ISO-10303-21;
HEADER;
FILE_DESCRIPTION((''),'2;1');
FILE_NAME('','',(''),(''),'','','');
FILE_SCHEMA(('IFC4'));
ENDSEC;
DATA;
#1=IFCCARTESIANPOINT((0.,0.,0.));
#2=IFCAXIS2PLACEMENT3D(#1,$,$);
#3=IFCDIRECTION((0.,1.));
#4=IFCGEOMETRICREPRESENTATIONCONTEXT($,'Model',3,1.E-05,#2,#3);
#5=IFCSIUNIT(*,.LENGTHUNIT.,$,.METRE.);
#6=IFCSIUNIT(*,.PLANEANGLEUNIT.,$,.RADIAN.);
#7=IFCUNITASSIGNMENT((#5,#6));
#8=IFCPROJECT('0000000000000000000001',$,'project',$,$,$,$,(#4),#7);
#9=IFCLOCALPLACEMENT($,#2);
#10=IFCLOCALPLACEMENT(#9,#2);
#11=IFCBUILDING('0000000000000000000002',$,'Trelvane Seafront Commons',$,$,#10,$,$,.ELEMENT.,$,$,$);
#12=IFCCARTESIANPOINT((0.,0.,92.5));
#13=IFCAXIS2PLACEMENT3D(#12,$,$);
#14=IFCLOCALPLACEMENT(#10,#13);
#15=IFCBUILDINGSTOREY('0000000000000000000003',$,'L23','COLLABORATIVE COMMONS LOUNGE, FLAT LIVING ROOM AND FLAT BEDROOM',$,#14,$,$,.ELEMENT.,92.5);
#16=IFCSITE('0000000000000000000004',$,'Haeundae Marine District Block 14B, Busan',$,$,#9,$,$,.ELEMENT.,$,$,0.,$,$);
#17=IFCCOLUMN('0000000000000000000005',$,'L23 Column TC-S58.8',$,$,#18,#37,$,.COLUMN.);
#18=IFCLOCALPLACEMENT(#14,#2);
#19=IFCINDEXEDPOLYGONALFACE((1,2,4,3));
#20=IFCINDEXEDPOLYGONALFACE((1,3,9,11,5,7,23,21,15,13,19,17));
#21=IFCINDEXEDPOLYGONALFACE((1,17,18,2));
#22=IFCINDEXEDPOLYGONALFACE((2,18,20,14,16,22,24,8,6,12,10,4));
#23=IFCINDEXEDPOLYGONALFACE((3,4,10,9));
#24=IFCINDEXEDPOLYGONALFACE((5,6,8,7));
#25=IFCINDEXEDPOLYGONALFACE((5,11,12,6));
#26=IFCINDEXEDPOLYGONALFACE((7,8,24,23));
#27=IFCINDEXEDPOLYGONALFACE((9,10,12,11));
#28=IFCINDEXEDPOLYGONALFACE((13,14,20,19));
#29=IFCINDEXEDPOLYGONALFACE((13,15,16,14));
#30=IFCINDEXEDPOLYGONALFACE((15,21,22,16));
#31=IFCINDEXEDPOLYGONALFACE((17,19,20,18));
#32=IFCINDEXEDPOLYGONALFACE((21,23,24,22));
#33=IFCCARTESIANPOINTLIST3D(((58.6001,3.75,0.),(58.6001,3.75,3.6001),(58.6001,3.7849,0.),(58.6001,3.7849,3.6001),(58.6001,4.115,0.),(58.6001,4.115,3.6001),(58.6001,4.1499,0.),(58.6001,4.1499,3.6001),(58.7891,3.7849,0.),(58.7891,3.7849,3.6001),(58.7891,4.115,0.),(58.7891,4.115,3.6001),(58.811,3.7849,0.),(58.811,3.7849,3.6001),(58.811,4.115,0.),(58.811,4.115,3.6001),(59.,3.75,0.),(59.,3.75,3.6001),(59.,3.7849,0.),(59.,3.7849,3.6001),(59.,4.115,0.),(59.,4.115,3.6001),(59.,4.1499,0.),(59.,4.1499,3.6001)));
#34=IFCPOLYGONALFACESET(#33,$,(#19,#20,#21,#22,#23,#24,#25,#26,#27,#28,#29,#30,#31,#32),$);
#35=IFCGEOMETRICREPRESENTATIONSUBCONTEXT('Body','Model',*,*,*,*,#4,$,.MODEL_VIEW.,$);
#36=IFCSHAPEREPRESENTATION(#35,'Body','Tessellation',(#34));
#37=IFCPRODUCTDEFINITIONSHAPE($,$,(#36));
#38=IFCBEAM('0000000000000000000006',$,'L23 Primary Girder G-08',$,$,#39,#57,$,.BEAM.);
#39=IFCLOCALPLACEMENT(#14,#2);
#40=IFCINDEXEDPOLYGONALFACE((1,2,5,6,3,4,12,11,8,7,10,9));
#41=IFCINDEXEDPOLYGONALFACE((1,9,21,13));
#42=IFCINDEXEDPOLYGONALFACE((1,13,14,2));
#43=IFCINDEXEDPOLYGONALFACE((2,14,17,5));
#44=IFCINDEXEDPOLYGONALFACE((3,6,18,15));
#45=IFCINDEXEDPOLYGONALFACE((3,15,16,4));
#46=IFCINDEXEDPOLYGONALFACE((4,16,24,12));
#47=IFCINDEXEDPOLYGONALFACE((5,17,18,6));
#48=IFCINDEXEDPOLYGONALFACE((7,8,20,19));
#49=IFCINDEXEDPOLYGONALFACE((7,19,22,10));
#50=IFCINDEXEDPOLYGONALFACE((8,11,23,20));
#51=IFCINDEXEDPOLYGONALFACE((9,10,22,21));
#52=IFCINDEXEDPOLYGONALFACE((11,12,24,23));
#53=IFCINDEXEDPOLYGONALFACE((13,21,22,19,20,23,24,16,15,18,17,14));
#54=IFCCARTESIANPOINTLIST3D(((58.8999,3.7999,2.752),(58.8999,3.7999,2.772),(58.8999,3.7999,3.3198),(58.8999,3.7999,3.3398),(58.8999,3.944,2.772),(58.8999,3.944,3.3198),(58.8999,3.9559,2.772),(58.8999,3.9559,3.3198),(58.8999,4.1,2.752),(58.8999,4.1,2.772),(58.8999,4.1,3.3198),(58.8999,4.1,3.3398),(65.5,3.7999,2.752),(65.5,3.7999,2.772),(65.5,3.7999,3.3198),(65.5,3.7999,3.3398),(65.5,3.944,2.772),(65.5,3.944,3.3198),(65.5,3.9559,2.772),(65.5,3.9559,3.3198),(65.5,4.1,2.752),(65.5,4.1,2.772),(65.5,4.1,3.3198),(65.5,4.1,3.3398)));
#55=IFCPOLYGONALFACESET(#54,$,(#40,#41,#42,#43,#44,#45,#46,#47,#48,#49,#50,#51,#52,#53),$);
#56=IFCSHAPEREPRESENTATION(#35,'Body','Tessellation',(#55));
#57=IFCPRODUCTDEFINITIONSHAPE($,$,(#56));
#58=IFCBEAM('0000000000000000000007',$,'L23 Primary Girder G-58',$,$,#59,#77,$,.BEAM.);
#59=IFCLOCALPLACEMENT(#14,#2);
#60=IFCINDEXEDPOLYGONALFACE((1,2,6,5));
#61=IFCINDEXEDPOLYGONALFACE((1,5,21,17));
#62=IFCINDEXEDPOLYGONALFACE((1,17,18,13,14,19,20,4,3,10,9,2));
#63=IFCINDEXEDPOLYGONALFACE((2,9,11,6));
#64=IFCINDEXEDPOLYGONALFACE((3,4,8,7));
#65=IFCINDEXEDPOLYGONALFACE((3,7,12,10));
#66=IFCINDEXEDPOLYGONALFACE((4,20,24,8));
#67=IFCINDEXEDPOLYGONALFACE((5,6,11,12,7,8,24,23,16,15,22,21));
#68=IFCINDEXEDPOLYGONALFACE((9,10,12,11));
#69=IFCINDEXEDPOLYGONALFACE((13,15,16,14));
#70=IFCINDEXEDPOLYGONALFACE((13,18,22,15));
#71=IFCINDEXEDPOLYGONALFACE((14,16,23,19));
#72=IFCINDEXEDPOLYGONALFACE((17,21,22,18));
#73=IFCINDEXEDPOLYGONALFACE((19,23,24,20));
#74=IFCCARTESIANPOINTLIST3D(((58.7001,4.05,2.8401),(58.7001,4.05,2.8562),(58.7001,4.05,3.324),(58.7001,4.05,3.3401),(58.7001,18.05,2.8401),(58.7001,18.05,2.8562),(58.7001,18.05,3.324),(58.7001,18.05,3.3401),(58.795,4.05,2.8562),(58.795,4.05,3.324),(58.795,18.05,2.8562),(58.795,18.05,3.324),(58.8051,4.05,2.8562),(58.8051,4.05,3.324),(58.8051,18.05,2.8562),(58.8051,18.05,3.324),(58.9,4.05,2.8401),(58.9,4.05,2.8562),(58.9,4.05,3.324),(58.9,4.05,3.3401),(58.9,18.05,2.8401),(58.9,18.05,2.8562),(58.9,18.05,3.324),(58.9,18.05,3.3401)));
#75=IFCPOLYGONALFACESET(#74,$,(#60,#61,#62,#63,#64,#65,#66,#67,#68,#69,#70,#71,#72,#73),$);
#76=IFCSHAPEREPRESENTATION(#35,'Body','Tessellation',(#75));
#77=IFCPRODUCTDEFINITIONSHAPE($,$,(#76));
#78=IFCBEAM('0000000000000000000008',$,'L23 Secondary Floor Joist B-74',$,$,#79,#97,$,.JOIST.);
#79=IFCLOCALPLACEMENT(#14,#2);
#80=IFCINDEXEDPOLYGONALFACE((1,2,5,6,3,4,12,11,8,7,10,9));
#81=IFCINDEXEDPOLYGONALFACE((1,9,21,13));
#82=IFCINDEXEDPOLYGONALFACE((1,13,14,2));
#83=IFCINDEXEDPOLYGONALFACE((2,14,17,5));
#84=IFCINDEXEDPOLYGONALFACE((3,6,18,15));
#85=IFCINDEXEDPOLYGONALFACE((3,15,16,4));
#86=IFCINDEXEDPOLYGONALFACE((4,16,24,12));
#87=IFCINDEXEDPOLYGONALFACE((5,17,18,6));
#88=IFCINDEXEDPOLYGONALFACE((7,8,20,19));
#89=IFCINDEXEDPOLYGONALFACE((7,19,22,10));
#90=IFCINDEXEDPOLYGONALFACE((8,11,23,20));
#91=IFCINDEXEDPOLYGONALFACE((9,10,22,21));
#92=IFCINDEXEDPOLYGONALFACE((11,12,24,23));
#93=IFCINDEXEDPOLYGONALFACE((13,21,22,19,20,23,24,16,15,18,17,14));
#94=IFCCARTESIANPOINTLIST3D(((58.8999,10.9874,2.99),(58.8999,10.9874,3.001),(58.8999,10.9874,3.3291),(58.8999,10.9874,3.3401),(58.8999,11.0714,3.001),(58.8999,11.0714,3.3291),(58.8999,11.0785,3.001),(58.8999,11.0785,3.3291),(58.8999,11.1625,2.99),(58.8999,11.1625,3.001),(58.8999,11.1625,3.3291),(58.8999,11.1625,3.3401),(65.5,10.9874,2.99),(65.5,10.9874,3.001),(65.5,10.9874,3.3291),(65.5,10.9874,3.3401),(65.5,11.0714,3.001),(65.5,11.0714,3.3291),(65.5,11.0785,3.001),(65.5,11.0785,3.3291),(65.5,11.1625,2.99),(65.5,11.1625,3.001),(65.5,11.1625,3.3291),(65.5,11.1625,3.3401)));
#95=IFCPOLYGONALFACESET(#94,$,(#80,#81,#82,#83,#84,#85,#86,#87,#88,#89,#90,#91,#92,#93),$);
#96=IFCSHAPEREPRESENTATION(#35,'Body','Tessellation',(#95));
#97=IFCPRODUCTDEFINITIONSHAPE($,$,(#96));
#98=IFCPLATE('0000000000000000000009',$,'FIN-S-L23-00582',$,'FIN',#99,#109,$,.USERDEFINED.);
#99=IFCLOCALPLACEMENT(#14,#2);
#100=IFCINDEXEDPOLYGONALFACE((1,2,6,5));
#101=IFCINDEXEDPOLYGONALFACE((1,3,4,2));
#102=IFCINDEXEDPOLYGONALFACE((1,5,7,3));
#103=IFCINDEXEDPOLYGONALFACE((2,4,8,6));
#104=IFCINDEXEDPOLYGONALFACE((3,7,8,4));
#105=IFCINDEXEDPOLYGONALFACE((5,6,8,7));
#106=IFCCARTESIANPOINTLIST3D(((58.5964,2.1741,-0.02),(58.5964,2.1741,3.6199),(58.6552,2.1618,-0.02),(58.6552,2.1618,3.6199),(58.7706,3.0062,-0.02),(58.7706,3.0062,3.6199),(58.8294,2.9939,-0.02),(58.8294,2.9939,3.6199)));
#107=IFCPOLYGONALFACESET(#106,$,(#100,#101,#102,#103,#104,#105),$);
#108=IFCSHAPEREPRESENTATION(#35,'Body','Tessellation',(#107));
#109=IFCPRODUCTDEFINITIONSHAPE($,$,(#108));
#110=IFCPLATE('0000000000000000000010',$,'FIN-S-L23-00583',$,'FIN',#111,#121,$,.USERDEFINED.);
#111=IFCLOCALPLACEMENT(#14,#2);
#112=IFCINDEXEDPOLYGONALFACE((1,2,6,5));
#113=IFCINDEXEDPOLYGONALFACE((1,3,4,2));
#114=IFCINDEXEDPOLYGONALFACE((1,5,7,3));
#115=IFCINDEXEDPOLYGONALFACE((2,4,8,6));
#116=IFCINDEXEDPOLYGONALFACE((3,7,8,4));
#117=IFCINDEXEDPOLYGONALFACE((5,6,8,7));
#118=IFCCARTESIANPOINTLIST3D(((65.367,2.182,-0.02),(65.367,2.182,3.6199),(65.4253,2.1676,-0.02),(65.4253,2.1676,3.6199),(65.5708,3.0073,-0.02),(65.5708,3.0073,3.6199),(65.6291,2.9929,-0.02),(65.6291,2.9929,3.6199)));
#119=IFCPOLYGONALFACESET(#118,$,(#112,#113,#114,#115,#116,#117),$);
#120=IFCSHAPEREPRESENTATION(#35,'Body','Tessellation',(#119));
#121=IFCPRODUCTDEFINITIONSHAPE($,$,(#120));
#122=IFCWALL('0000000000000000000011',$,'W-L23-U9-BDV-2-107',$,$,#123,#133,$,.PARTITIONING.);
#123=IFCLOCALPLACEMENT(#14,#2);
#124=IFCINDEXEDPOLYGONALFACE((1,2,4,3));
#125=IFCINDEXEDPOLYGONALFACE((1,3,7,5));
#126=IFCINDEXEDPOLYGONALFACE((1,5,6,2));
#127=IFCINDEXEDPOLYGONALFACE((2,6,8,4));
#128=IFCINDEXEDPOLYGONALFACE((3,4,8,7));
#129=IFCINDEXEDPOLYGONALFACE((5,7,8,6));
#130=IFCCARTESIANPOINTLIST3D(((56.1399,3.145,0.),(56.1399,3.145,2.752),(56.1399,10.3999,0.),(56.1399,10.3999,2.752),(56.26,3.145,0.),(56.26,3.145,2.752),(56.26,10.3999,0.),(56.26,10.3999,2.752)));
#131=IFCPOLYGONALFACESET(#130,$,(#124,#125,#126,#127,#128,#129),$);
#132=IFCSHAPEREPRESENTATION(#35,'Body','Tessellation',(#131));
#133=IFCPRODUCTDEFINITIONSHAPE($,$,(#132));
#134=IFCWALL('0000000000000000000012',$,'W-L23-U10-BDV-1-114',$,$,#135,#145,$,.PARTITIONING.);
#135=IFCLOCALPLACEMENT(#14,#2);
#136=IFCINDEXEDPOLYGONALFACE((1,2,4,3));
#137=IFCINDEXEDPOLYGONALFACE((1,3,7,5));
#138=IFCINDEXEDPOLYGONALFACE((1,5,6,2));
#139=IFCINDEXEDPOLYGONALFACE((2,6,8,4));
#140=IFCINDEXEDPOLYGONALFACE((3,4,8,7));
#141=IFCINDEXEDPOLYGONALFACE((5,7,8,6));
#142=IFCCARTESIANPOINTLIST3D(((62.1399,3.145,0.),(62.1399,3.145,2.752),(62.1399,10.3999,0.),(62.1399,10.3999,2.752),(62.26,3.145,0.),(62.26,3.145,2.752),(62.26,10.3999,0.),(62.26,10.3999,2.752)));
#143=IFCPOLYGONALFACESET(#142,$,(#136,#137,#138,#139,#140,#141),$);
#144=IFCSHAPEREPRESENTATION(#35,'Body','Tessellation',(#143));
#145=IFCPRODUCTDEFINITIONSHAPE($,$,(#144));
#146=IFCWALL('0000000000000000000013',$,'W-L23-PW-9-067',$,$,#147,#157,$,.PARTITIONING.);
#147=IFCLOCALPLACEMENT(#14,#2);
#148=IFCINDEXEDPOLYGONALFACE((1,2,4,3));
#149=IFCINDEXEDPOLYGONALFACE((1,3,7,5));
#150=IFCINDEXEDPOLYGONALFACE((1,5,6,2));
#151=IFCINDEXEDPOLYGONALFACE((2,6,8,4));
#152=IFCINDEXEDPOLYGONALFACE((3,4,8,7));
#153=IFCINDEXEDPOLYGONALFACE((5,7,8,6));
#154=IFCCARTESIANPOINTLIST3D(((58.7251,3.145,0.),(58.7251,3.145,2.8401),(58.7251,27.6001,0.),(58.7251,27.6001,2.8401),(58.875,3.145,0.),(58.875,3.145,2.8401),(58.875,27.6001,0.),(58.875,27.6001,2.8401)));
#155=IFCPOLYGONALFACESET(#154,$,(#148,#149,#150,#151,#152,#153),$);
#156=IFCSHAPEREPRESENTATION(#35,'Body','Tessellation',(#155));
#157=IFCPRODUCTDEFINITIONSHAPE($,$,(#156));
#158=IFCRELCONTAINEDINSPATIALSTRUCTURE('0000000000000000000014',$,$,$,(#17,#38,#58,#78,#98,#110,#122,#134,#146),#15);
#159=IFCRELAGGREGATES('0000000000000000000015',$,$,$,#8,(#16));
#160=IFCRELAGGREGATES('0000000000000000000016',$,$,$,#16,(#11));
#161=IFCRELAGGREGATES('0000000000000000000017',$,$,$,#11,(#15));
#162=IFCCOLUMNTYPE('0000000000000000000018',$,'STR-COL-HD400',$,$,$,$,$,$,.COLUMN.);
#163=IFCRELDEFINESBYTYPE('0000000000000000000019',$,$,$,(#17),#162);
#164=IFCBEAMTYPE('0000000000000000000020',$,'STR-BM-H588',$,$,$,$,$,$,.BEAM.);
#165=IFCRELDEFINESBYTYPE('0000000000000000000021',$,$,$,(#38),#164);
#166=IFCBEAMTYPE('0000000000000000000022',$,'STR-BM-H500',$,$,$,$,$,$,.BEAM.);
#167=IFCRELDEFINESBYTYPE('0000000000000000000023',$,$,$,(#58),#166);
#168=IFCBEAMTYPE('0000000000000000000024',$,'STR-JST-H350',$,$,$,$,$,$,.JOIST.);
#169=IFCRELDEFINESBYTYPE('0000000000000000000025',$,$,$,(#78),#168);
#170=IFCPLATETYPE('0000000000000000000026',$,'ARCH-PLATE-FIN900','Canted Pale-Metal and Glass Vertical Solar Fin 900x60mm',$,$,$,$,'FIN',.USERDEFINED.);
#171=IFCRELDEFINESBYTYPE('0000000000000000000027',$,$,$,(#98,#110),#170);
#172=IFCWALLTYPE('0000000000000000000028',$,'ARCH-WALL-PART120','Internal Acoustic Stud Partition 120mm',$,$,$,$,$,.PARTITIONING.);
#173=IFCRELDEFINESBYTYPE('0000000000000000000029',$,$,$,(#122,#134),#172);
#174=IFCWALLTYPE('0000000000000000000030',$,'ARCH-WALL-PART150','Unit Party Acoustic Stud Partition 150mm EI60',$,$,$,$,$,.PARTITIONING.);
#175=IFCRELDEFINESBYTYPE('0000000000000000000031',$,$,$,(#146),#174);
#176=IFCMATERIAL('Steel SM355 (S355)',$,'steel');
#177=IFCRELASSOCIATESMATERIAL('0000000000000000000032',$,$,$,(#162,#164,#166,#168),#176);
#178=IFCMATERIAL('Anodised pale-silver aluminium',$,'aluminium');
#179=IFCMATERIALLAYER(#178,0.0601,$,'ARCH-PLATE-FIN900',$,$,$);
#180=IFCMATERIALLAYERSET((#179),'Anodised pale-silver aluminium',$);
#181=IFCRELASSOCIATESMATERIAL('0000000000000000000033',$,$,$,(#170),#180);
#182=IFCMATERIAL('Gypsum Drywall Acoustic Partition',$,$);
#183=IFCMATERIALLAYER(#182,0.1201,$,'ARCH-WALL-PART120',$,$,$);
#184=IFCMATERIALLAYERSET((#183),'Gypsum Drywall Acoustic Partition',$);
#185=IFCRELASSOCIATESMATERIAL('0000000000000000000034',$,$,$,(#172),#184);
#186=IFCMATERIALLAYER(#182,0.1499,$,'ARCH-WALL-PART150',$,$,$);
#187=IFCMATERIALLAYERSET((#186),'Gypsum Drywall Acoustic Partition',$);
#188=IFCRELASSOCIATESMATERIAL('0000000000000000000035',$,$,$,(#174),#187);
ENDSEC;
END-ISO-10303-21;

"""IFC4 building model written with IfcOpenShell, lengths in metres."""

from ifc_helpers import new_model, si_unit, direction, frame, frame_2d, origin, origin_2d, place, context, subcontext, project, spatial, rectangle, i_section, extrude, source, transform, mapped, material, layer, layer_set, material_profile, profile_set, type_object, element, save


model = new_model("IFC4")

# Units and contexts
model_context = context("Model", 3, precision=1e-05, world=origin(), true_north=direction((0.0, 1.0)))
body_context = subcontext(model_context, "Body", "Model", "MODEL_VIEW")
ifc_project = project(units=[si_unit("LENGTHUNIT", "METRE"), si_unit("PLANEANGLEUNIT", "RADIAN")], contexts=[model_context])

# Site, building, storey
site_placement = place(None, origin())
site = spatial("IfcSite", under=ifc_project, at=site_placement, Name="Haeundae Marine District Block 14B, Busan", CompositionType="ELEMENT", RefElevation=0.0)
building_placement = place(site_placement, origin())
building = spatial("IfcBuilding", under=site, at=building_placement, Name="Trelvane Seafront Commons", CompositionType="ELEMENT")
storey_placement = place(building_placement, frame((0.0, 0.0, 92.5)))
storey = spatial("IfcBuildingStorey", under=building, at=storey_placement, Name="L23", Description="COLLABORATIVE COMMONS LOUNGE, FLAT LIVING ROOM AND FLAT BEDROOM", CompositionType="ELEMENT", Elevation=92.5)

# Column
ifc_material_1 = material(Name="Steel SM355 (S355)", Category="steel")
ifc_material_profile_1 = material_profile(ifc_material_1, i_section(OverallWidth=0.3999, OverallDepth=0.3999, WebThickness=0.022, FlangeThickness=0.0349, at=origin_2d()), Name="HD-400x400x22x35")
ifc_profile_set_1 = profile_set([ifc_material_profile_1], Name="Steel SM355 (S355)")
column_type = type_object("IfcColumnType", Name="STR-COL-HD400", PredefinedType="COLUMN", material=ifc_profile_set_1)
shared_shape_1 = source(origin(), body_context, "Body", "SweptSolid", [
    extrude(i_section(OverallWidth=0.3999, OverallDepth=0.3999, WebThickness=0.022, FlangeThickness=0.0349, at=origin_2d()), origin(), (0.0, 0.0, 1.0), 3.6001),
])
column_placement = place(storey_placement, frame((58.8, 3.95, 0.0), z_axis=(0.0, 0.0, 1.0), x_axis=(1.0, 0.0, 0.0)))
element("IfcColumn", 1, at=column_placement, inside=storey, type_object=column_type, Name="L23 Column TC-S58.8", PredefinedType="COLUMN", context=body_context, shape_type="MappedRepresentation", body=[
    mapped(shared_shape_1, transform((0.0, 0.0, 0.0), x_axis=(1.0, 0.0, 0.0), y_axis=(0.0, 1.0, 0.0), z_axis=(0.0, 0.0, 1.0), scale=1.0)),
])

# Beams
ifc_material_profile_2 = material_profile(ifc_material_1, i_section(OverallWidth=0.3, OverallDepth=0.5879, WebThickness=0.012, FlangeThickness=0.02, at=origin_2d()), Name="H-588x300x12x20")
ifc_profile_set_2 = profile_set([ifc_material_profile_2], Name="Steel SM355 (S355)")
beam_type_1 = type_object("IfcBeamType", Name="STR-BM-H588", PredefinedType="BEAM", material=ifc_profile_set_2)
shared_shape_2 = source(origin(), body_context, "Body", "SweptSolid", [
    extrude(i_section(OverallWidth=0.3, OverallDepth=0.5879, WebThickness=0.012, FlangeThickness=0.02, at=origin_2d()), origin(), (0.0, 0.0, 1.0), 6.6001),
])
beam_1_placement = place(storey_placement, frame((58.8999, 3.95, 3.0459), z_axis=(1.0, 0.0, 0.0), x_axis=(0.0, 1.0, 0.0)))
element("IfcBeam", 2, at=beam_1_placement, inside=storey, type_object=beam_type_1, Name="L23 Primary Girder G-08", PredefinedType="BEAM", context=body_context, shape_type="MappedRepresentation", body=[
    mapped(shared_shape_2, transform((0.0, 0.0, 0.0), x_axis=(1.0, 0.0, 0.0), y_axis=(0.0, 1.0, 0.0), z_axis=(0.0, 0.0, 1.0), scale=1.0)),
])
ifc_material_profile_3 = material_profile(ifc_material_1, i_section(OverallWidth=0.2, OverallDepth=0.5, WebThickness=0.01, FlangeThickness=0.0161, at=origin_2d()), Name="H-500x200x10x16")
ifc_profile_set_3 = profile_set([ifc_material_profile_3], Name="Steel SM355 (S355)")
beam_type_2 = type_object("IfcBeamType", Name="STR-BM-H500", PredefinedType="BEAM", material=ifc_profile_set_3)
shared_shape_3 = source(origin(), body_context, "Body", "SweptSolid", [
    extrude(i_section(OverallWidth=0.2, OverallDepth=0.5, WebThickness=0.01, FlangeThickness=0.0161, at=origin_2d()), origin(), (0.0, 0.0, 1.0), 14.0),
])
beam_2_placement = place(storey_placement, frame((58.8, 4.05, 3.0901), z_axis=(0.0, 1.0, 0.0), x_axis=(-1.0, 0.0, 0.0)))
element("IfcBeam", 3, at=beam_2_placement, inside=storey, type_object=beam_type_2, Name="L23 Primary Girder G-58", PredefinedType="BEAM", context=body_context, shape_type="MappedRepresentation", body=[
    mapped(shared_shape_3, transform((0.0, 0.0, 0.0), x_axis=(1.0, 0.0, 0.0), y_axis=(0.0, 1.0, 0.0), z_axis=(0.0, 0.0, 1.0), scale=1.0)),
])
ifc_material_profile_4 = material_profile(ifc_material_1, i_section(OverallWidth=0.175, OverallDepth=0.3501, WebThickness=0.0071, FlangeThickness=0.011, at=origin_2d()), Name="H-350x175x7x11")
ifc_profile_set_4 = profile_set([ifc_material_profile_4], Name="Steel SM355 (S355)")
beam_type_3 = type_object("IfcBeamType", Name="STR-JST-H350", PredefinedType="JOIST", material=ifc_profile_set_4)
shared_shape_4 = source(origin(), body_context, "Body", "SweptSolid", [
    extrude(i_section(OverallWidth=0.175, OverallDepth=0.3501, WebThickness=0.0071, FlangeThickness=0.011, at=origin_2d()), origin(), (0.0, 0.0, 1.0), 6.6001),
])
beam_3_placement = place(storey_placement, frame((58.8999, 11.075, 3.165), z_axis=(1.0, 0.0, 0.0), x_axis=(0.0, 1.0, 0.0)))
element("IfcBeam", 4, at=beam_3_placement, inside=storey, type_object=beam_type_3, Name="L23 Secondary Floor Joist B-74", PredefinedType="JOIST", context=body_context, shape_type="MappedRepresentation", body=[
    mapped(shared_shape_4, transform((0.0, 0.0, 0.0), x_axis=(1.0, 0.0, 0.0), y_axis=(0.0, 1.0, 0.0), z_axis=(0.0, 0.0, 1.0), scale=1.0)),
])

# Plates
ifc_material_2 = material(Name="Anodised pale-silver aluminium", Category="aluminium")
ifc_layer_1 = layer(ifc_material_2, 0.0601, Name="ARCH-PLATE-FIN900")
ifc_layer_set_1 = layer_set([ifc_layer_1], Name="Anodised pale-silver aluminium")
plate_type = type_object("IfcPlateType", Name="ARCH-PLATE-FIN900", Description="Canted Pale-Metal and Glass Vertical Solar Fin 900x60mm", ElementType="FIN", PredefinedType="USERDEFINED", material=ifc_layer_set_1)
shared_shape_5 = source(origin(), body_context, "Body", "SweptSolid", [
    extrude(rectangle(XDim=0.8501, YDim=0.0601, at=origin_2d()), origin(), (0.0, 0.0, 1.0), 3.6399),
])
for number, where, z_axis, x_axis, name in (
    (5, (58.7129, 2.584, -0.02), (0.0, 0.0, 1.0), (-0.204932, -0.978776, 0.0), "FIN-S-L23-00582"),
    (6, (65.498, 2.5874, -0.02), (0.0, 0.0, 1.0), (-0.239767, -0.97083, 0.0), "FIN-S-L23-00583"),
):
    element("IfcPlate", number, at=place(storey_placement, frame(where, z_axis=z_axis, x_axis=x_axis)), inside=storey, type_object=plate_type, Name=name, ObjectType="FIN", PredefinedType="USERDEFINED", context=body_context, shape_type="MappedRepresentation", body=[
        mapped(shared_shape_5, transform((0.0, 0.0, 0.0), x_axis=(1.0, 0.0, 0.0), y_axis=(0.0, 1.0, 0.0), z_axis=(0.0, 0.0, 1.0), scale=1.0)),
    ])

# Shared definitions
ifc_material_3 = material(Name="Gypsum Drywall Acoustic Partition")
ifc_layer_2 = layer(ifc_material_3, 0.1201, Name="ARCH-WALL-PART120")
ifc_layer_set_2 = layer_set([ifc_layer_2], Name="Gypsum Drywall Acoustic Partition")
wall_type_1 = type_object("IfcWallType", Name="ARCH-WALL-PART120", Description="Internal Acoustic Stud Partition 120mm", PredefinedType="PARTITIONING", material=ifc_layer_set_2)

# Wall
wall_1_placement = place(storey_placement, frame((56.2, 3.145, 0.0), z_axis=(0.0, 0.0, 1.0), x_axis=(0.0, 1.0, 0.0)))
element("IfcWall", 7, at=wall_1_placement, inside=storey, type_object=wall_type_1, Name="W-L23-U9-BDV-2-107", PredefinedType="PARTITIONING", context=body_context, shape_type="SweptSolid", body=[
    extrude(rectangle(XDim=7.2549, YDim=0.1201, at=frame_2d((3.6274, 0.0))), origin(), (0.0, 0.0, 1.0), 2.752),
])

# Walls
wall_2_placement = place(storey_placement, frame((62.2, 3.145, 0.0), z_axis=(0.0, 0.0, 1.0), x_axis=(0.0, 1.0, 0.0)))
element("IfcWall", 8, at=wall_2_placement, inside=storey, type_object=wall_type_1, Name="W-L23-U10-BDV-1-114", PredefinedType="PARTITIONING", context=body_context, shape_type="SweptSolid", body=[
    extrude(rectangle(XDim=7.2549, YDim=0.1201, at=frame_2d((3.6274, 0.0))), origin(), (0.0, 0.0, 1.0), 2.752),
])
ifc_layer_3 = layer(ifc_material_3, 0.1499, Name="ARCH-WALL-PART150")
ifc_layer_set_3 = layer_set([ifc_layer_3], Name="Gypsum Drywall Acoustic Partition")
wall_type_2 = type_object("IfcWallType", Name="ARCH-WALL-PART150", Description="Unit Party Acoustic Stud Partition 150mm EI60", PredefinedType="PARTITIONING", material=ifc_layer_set_3)
wall_3_placement = place(storey_placement, frame((58.8, 3.145, 0.0), z_axis=(0.0, 0.0, 1.0), x_axis=(0.0, 1.0, 0.0)))
element("IfcWall", 9, at=wall_3_placement, inside=storey, type_object=wall_type_2, Name="W-L23-PW-9-067", PredefinedType="PARTITIONING", context=body_context, shape_type="SweptSolid", body=[
    extrude(rectangle(XDim=24.4551, YDim=0.1499, at=frame_2d((12.2275, 0.0))), origin(), (0.0, 0.0, 1.0), 2.8401),
])

save(model, "model.ifc")
